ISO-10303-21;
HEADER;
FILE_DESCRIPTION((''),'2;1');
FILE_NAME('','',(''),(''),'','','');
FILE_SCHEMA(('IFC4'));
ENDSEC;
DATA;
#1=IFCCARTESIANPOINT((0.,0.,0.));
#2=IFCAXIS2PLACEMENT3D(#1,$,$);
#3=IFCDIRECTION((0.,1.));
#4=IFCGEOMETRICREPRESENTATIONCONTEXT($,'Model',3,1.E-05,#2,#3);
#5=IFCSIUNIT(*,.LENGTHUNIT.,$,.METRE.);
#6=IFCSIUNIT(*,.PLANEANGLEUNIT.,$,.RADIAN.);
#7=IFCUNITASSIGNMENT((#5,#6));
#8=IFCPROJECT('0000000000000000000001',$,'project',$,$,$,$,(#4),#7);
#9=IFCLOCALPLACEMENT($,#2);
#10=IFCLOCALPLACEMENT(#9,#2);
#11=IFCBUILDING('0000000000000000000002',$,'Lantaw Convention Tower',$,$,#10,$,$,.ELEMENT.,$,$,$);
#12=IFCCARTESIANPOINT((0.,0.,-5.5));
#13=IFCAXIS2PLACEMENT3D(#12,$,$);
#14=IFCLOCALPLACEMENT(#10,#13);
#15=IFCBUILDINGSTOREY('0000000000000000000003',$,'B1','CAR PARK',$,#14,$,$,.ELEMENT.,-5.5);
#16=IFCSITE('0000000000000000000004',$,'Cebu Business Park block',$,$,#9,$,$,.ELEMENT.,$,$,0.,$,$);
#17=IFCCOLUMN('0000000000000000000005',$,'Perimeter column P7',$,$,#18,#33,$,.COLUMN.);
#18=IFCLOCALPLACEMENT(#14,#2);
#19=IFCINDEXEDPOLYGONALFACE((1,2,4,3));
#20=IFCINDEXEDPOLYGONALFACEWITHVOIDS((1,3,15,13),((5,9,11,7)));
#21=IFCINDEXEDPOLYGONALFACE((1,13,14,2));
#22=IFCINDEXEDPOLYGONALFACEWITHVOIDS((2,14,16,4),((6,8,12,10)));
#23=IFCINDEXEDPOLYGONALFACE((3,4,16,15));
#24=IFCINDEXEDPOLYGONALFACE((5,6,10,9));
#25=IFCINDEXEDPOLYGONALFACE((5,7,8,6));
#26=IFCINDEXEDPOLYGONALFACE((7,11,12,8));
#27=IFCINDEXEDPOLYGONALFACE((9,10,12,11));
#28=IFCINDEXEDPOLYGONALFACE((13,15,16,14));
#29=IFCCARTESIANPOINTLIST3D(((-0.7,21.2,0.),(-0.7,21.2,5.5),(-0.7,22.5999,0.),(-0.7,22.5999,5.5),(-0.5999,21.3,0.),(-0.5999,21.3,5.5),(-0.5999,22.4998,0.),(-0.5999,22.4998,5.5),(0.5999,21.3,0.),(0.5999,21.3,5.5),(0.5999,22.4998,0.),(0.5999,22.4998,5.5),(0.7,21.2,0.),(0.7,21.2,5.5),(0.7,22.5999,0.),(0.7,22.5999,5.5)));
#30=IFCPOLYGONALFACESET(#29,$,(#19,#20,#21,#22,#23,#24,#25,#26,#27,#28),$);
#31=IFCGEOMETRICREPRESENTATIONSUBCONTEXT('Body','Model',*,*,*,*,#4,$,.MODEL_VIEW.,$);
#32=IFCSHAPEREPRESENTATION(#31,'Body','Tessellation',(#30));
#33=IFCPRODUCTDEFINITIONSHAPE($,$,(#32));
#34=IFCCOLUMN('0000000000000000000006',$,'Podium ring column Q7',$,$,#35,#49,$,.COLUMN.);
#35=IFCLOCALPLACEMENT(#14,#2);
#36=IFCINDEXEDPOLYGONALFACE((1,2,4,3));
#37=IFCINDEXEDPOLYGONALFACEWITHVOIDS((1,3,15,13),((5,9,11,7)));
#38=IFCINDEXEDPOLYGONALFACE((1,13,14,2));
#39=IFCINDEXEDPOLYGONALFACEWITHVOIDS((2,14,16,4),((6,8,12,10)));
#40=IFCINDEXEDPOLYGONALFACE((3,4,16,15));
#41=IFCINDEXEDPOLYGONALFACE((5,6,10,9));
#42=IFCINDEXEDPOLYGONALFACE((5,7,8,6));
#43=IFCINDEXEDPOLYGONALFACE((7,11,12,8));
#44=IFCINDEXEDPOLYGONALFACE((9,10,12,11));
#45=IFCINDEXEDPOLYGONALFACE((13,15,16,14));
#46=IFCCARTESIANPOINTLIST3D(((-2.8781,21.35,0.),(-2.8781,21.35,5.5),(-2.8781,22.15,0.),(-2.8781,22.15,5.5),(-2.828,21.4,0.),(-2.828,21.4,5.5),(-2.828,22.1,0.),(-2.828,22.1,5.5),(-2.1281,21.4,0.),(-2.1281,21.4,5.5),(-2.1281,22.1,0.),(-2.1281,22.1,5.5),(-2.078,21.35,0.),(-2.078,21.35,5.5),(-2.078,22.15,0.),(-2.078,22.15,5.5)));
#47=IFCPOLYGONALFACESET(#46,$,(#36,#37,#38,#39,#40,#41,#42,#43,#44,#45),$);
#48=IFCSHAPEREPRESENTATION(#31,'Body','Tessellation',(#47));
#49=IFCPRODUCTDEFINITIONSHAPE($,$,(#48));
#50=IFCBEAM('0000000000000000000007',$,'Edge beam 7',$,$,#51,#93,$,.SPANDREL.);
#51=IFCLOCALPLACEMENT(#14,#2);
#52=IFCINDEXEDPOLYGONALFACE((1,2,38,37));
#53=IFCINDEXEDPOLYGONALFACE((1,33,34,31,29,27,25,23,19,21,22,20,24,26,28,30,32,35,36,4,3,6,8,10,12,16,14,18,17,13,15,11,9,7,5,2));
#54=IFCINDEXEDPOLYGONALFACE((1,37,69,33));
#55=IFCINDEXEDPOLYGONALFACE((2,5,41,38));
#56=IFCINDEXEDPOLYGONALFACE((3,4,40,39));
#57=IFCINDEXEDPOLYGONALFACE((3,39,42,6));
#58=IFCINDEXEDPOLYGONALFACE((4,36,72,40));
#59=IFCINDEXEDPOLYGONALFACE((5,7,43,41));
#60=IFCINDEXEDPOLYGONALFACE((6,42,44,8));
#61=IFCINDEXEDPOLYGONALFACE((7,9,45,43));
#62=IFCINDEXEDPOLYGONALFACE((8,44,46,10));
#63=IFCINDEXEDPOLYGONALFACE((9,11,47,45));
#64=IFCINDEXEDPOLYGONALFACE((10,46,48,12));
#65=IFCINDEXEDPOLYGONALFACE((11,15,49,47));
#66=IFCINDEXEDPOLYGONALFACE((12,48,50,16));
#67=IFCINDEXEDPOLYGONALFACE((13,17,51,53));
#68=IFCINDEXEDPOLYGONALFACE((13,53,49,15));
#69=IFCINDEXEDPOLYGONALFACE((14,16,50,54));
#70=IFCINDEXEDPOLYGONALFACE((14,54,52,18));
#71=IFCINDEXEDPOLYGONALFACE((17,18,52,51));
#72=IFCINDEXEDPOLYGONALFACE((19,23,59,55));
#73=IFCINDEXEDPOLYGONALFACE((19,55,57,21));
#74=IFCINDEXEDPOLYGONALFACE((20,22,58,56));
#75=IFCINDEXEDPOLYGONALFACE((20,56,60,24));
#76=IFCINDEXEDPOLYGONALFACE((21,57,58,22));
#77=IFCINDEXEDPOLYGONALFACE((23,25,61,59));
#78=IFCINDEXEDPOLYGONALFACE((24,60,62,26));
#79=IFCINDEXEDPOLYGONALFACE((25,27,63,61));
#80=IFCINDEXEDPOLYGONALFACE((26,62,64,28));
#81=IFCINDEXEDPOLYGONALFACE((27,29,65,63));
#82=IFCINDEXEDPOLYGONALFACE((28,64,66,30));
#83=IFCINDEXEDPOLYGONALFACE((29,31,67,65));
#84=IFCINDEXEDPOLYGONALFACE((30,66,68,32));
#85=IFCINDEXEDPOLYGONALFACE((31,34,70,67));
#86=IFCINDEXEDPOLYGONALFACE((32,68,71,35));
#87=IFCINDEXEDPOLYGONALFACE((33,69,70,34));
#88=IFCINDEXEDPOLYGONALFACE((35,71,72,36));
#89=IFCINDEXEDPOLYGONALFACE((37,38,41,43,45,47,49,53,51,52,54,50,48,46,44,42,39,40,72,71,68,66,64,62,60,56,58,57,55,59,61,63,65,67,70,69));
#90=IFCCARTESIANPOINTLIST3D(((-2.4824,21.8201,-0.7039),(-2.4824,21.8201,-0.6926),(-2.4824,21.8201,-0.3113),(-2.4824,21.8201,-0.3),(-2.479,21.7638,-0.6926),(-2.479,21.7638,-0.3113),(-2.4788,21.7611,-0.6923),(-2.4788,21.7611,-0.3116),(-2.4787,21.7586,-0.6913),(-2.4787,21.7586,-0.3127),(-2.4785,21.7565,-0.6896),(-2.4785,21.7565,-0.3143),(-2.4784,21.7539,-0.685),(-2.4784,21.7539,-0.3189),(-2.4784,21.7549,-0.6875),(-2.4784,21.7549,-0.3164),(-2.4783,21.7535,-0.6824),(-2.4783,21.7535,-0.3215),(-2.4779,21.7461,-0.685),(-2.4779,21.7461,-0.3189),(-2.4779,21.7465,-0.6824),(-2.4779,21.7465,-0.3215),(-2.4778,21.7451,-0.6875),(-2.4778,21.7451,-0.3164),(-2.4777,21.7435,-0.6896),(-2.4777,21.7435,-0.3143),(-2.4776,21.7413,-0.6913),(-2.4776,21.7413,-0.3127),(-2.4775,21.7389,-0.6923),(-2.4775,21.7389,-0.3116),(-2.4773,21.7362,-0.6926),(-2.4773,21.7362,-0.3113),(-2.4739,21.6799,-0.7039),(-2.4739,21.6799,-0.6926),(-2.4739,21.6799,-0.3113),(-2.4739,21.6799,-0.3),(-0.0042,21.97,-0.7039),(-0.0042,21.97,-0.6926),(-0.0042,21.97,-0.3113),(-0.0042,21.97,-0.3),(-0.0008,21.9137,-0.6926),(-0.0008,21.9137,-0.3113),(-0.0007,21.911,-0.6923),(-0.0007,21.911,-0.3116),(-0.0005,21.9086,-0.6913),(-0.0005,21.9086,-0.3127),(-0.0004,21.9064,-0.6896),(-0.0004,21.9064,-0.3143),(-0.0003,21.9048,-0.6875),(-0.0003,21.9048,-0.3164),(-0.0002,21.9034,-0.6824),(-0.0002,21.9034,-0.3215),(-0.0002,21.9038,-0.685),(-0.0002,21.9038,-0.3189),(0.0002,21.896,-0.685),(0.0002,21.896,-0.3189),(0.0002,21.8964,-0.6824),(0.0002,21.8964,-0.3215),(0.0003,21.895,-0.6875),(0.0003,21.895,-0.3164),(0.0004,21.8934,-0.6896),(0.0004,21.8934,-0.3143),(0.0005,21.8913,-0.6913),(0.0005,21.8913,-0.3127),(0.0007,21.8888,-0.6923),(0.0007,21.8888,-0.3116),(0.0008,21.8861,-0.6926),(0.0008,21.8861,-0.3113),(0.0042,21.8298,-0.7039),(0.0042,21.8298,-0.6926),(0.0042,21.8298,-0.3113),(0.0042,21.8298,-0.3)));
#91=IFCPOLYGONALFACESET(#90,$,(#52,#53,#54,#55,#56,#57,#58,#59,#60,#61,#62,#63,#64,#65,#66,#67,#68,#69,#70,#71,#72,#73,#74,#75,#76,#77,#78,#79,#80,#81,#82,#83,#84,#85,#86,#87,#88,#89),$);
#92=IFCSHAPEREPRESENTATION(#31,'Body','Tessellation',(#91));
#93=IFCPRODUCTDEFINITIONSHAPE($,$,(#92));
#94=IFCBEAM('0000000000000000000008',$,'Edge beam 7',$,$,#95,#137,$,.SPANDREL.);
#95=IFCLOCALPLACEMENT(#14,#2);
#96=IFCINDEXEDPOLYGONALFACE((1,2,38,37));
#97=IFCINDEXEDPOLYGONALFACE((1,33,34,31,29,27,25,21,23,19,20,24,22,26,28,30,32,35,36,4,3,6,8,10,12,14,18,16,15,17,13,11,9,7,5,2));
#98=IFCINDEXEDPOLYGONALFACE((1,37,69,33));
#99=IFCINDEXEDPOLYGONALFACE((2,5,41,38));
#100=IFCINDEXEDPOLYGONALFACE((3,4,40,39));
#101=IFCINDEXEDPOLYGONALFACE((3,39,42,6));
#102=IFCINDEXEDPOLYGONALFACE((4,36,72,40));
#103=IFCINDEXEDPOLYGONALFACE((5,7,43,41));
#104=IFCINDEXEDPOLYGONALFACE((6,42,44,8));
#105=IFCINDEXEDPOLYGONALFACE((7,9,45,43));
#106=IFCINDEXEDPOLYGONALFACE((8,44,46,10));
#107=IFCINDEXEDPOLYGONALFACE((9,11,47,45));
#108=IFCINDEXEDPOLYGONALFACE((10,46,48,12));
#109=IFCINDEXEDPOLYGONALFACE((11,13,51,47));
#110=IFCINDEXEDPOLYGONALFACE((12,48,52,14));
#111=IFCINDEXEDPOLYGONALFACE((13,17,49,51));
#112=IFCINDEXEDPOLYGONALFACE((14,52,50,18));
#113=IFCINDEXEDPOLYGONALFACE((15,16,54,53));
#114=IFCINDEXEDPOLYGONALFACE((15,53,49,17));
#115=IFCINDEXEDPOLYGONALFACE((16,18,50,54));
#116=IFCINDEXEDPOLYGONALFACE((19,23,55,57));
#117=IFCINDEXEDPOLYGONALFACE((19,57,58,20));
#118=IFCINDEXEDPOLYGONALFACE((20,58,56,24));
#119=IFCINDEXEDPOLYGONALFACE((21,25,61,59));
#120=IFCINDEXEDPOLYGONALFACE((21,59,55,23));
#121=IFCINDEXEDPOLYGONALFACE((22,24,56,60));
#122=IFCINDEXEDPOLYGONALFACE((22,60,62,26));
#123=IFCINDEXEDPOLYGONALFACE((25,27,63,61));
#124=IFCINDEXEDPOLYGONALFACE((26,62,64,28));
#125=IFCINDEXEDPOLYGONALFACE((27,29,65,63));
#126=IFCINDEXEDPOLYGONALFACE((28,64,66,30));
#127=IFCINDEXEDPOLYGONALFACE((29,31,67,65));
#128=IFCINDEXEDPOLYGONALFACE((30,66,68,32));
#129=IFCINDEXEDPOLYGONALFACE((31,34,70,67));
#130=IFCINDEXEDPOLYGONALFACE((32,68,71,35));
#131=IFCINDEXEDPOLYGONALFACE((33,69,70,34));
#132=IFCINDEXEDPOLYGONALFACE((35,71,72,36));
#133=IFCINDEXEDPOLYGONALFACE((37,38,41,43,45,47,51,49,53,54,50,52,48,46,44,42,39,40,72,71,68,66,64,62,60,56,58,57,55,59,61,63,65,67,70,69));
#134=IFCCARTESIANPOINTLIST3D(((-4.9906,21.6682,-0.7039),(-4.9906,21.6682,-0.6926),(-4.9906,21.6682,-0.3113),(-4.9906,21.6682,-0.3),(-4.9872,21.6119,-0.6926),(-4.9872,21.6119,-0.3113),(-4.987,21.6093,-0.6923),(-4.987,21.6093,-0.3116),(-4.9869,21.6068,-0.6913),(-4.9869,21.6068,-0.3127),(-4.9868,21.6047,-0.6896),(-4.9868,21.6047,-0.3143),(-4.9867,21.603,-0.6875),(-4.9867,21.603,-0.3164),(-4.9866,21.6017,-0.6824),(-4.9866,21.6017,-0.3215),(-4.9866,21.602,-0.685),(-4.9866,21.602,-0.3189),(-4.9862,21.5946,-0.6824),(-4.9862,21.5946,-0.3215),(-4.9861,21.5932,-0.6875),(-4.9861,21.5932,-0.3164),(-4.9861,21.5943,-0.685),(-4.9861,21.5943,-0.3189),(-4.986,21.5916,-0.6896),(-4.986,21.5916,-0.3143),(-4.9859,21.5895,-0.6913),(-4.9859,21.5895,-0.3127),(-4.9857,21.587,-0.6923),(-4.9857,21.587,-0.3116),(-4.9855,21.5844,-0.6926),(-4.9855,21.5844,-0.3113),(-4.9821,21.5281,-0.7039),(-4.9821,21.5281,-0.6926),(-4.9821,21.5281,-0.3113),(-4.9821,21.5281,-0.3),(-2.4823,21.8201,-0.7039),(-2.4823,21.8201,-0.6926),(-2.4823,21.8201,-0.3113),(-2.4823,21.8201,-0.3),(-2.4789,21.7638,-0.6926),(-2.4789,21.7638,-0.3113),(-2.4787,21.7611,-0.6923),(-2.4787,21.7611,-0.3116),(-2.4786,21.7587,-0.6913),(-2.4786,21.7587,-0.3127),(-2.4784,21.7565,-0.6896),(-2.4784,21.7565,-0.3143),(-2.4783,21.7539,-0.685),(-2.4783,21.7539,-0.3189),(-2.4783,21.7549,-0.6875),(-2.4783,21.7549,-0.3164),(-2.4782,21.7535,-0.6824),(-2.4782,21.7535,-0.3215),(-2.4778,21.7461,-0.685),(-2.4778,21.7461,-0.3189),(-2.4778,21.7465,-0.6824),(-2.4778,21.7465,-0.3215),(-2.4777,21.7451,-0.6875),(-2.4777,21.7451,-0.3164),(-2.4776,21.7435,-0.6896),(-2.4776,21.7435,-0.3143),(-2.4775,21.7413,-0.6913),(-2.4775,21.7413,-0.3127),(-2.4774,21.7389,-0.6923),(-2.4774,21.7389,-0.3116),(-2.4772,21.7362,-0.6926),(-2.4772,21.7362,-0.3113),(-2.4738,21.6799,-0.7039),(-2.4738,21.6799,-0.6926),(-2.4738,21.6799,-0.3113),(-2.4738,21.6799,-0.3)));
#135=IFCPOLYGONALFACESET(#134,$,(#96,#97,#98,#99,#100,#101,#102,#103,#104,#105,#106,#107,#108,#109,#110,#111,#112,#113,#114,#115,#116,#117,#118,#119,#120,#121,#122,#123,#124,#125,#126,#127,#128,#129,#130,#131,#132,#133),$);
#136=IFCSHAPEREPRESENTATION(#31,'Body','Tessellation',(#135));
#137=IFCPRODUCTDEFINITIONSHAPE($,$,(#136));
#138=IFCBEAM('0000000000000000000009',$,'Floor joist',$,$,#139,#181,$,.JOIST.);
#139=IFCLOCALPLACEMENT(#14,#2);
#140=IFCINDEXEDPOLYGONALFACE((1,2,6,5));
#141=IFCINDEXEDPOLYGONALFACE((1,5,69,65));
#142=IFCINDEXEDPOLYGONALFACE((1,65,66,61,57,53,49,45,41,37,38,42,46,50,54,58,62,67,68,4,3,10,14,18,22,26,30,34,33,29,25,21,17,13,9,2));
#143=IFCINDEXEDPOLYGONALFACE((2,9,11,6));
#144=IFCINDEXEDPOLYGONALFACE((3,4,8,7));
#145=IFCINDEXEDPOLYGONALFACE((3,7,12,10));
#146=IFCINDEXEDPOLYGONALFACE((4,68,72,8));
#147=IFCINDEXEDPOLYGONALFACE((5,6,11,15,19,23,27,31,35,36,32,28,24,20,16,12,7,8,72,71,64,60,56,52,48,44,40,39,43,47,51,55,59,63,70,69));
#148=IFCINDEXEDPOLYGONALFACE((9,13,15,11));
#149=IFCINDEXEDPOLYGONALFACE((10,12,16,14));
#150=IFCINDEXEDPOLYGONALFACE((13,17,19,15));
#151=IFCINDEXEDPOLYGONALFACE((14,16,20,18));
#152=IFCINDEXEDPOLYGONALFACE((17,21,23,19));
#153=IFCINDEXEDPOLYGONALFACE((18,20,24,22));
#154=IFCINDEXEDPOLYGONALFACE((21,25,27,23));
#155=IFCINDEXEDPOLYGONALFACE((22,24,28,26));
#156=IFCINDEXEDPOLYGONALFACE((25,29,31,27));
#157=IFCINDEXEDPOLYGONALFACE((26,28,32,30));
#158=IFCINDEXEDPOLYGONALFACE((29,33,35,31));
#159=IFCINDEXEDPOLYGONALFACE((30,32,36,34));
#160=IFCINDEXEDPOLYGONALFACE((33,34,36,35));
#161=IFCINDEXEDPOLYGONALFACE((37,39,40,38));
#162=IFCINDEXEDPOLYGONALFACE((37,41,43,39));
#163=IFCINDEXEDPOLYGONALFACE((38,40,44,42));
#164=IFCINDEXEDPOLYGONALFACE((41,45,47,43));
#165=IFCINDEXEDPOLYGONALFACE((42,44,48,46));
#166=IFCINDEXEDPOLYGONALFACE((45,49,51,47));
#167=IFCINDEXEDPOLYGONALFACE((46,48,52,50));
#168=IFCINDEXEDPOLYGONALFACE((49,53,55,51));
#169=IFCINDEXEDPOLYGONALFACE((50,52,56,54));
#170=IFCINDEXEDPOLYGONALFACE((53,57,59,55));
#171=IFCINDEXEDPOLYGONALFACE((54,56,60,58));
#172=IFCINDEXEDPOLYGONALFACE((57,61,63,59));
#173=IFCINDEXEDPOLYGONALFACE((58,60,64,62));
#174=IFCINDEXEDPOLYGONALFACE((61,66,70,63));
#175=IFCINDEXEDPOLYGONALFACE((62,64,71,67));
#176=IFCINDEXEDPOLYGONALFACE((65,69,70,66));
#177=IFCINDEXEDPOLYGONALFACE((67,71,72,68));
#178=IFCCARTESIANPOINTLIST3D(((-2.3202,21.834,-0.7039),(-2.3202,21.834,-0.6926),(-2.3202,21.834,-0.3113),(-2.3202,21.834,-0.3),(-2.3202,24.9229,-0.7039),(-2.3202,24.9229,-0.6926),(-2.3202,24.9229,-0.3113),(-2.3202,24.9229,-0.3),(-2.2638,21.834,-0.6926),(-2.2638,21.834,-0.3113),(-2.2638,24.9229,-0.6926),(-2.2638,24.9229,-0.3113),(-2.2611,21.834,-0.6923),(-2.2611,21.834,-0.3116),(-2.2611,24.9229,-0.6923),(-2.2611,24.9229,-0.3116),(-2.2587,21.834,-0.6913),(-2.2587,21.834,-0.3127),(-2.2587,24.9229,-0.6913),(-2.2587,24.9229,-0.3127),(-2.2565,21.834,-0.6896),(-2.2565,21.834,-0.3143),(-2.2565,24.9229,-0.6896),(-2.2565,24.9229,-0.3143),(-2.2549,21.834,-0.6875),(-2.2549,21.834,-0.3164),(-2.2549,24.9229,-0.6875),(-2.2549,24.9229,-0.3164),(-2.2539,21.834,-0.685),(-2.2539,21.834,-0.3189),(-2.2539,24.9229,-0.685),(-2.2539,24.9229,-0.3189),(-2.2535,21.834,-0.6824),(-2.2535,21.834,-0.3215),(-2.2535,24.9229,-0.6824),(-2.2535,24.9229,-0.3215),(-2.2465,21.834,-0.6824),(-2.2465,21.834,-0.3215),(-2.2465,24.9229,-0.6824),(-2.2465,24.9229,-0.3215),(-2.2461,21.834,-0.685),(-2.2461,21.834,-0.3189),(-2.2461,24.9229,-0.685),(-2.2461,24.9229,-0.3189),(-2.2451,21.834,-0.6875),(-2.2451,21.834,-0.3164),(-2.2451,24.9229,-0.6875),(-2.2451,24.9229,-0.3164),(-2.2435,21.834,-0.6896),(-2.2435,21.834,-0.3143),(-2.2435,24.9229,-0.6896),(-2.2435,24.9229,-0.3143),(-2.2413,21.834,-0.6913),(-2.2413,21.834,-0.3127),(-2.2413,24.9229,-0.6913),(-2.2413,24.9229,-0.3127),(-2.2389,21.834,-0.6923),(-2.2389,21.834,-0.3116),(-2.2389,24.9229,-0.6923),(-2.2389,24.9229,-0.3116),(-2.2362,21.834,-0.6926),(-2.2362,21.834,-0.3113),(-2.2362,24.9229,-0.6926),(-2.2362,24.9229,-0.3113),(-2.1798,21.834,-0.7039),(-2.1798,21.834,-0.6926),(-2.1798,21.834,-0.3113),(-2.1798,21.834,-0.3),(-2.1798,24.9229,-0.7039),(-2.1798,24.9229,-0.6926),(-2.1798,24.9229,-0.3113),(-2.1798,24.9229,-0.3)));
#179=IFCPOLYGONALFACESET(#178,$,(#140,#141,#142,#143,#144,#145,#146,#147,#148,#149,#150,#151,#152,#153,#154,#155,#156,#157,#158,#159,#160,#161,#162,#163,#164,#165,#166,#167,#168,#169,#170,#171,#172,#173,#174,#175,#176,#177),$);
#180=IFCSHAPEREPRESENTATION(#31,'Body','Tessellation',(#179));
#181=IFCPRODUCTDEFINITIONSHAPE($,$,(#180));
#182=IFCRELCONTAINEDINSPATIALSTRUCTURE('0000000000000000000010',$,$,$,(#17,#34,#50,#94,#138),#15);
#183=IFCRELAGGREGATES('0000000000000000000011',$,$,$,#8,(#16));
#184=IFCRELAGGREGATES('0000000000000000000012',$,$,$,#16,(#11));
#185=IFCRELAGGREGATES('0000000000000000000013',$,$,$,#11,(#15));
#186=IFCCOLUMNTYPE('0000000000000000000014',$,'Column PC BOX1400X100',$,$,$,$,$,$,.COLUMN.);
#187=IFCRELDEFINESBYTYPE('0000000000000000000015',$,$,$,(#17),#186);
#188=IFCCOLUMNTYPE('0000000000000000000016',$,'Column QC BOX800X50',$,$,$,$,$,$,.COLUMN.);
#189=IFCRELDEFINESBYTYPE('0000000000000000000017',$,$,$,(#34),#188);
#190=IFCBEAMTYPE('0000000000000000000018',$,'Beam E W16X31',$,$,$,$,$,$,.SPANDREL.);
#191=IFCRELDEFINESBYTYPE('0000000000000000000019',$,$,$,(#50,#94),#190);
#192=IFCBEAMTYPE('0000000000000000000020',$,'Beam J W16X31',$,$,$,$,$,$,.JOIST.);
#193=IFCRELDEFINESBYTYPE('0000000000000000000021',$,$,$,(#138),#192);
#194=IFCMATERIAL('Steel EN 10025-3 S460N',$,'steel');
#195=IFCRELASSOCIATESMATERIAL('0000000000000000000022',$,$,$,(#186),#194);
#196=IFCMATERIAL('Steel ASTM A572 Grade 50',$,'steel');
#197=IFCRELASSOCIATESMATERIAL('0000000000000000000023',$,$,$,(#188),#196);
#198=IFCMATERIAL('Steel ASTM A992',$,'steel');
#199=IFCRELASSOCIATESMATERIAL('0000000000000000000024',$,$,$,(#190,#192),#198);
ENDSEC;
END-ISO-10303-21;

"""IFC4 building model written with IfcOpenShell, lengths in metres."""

from ifc_helpers import new_model, si_unit, direction, frame, origin, origin_2d, place, context, subcontext, project, spatial, rectangle, hollow_rectangle, i_section, extrude, material, material_profile, profile_set, type_object, element, save


model = new_model("IFC4")

# Units and contexts
model_context = context("Model", 3, precision=1e-05, world=origin(), true_north=direction((0.0, 1.0)))
body_context = subcontext(model_context, "Body", "Model", "MODEL_VIEW")
ifc_project = project(units=[si_unit("LENGTHUNIT", "METRE"), si_unit("PLANEANGLEUNIT", "RADIAN")], contexts=[model_context])

# Site, building, storey
site_placement = place(None, origin())
site = spatial("IfcSite", under=ifc_project, at=site_placement, Name="Cebu Business Park block", CompositionType="ELEMENT", RefElevation=0.0)
building_placement = place(site_placement, origin())
building = spatial("IfcBuilding", under=site, at=building_placement, Name="Lantaw Convention Tower", CompositionType="ELEMENT")
storey_placement = place(building_placement, frame((0.0, 0.0, -5.5)))
storey = spatial("IfcBuildingStorey", under=building, at=storey_placement, Name="B1", Description="CAR PARK", CompositionType="ELEMENT", Elevation=-5.5)

# Columns
ifc_material_1 = material(Name="Steel EN 10025-3 S460N", Category="steel")
ifc_material_profile_1 = material_profile(ifc_material_1, hollow_rectangle(XDim=1.3999, YDim=1.3999, WallThickness=0.1001, at=origin_2d()), Name="BOX1400X100")
ifc_material_2 = material(Name="Concrete C60/75", Category="concrete")
ifc_material_profile_2 = material_profile(ifc_material_2, rectangle(XDim=1.2, YDim=1.2, at=origin_2d()), Name="Concrete fill of BOX1400X100")
ifc_profile_set_1 = profile_set([ifc_material_profile_1, ifc_material_profile_2], Name="Steel EN 10025-3 S460N")
column_type_1 = type_object("IfcColumnType", Name="Column PC BOX1400X100", PredefinedType="COLUMN", material=ifc_profile_set_1)
column_1_placement = place(storey_placement, frame((0.0, 21.8999, 0.0), z_axis=(0.0, 0.0, 1.0), x_axis=(1.0, 0.0, 0.0)))
element("IfcColumn", 1, at=column_1_placement, inside=storey, type_object=column_type_1, Name="Perimeter column P7", PredefinedType="COLUMN", context=body_context, shape_type="SweptSolid", body=[
    extrude(hollow_rectangle(XDim=1.3999, YDim=1.3999, WallThickness=0.1001, at=origin_2d()), origin(), (0.0, 0.0, 1.0), 5.5),
])
ifc_material_3 = material(Name="Steel ASTM A572 Grade 50", Category="steel")
ifc_material_profile_3 = material_profile(ifc_material_3, hollow_rectangle(XDim=0.8, YDim=0.8, WallThickness=0.05, at=origin_2d()), Name="BOX800X50")
ifc_profile_set_2 = profile_set([ifc_material_profile_3], Name="Steel ASTM A572 Grade 50")
column_type_2 = type_object("IfcColumnType", Name="Column QC BOX800X50", PredefinedType="COLUMN", material=ifc_profile_set_2)
column_2_placement = place(storey_placement, frame((-2.478, 21.75, 0.0), z_axis=(0.0, 0.0, 1.0), x_axis=(1.0, 0.0, 0.0)))
element("IfcColumn", 2, at=column_2_placement, inside=storey, type_object=column_type_2, Name="Podium ring column Q7", PredefinedType="COLUMN", context=body_context, shape_type="SweptSolid", body=[
    extrude(hollow_rectangle(XDim=0.8, YDim=0.8, WallThickness=0.05, at=origin_2d()), origin(), (0.0, 0.0, 1.0), 5.5),
])

# Beams
ifc_material_4 = material(Name="Steel ASTM A992", Category="steel")
ifc_material_profile_4 = material_profile(ifc_material_4, i_section(OverallWidth=0.1404, OverallDepth=0.4038, WebThickness=0.0071, FlangeThickness=0.0112, FilletRadius=0.0103, at=origin_2d()), Name="W16X31")
ifc_profile_set_3 = profile_set([ifc_material_profile_4], Name="Steel ASTM A992")
beam_type_1 = type_object("IfcBeamType", Name="Beam E W16X31", PredefinedType="SPANDREL", material=ifc_profile_set_3)
beam_1_placement = place(storey_placement, frame((0.0, 21.8999, -0.502), z_axis=(-0.998175, -0.060382, 0.0), x_axis=(0.060382, -0.998175, 0.0)))
element("IfcBeam", 3, at=beam_1_placement, inside=storey, type_object=beam_type_1, Name="Edge beam 7", PredefinedType="SPANDREL", context=body_context, shape_type="SweptSolid", body=[
    extrude(i_section(OverallWidth=0.1404, OverallDepth=0.4038, WebThickness=0.0071, FlangeThickness=0.0112, FilletRadius=0.0103, at=origin_2d()), origin(), (0.0, 0.0, 1.0), 2.4827),
])
beam_2_placement = place(storey_placement, frame((-2.478, 21.75, -0.502), z_axis=(-0.998172, -0.060431, 0.0), x_axis=(0.060431, -0.998172, 0.0)))
element("IfcBeam", 4, at=beam_2_placement, inside=storey, type_object=beam_type_1, Name="Edge beam 7", PredefinedType="SPANDREL", context=body_context, shape_type="SweptSolid", body=[
    extrude(i_section(OverallWidth=0.1404, OverallDepth=0.4038, WebThickness=0.0071, FlangeThickness=0.0112, FilletRadius=0.0103, at=origin_2d()), origin(), (0.0, 0.0, 1.0), 2.5129),
])
ifc_material_profile_5 = material_profile(ifc_material_4, i_section(OverallWidth=0.1404, OverallDepth=0.4038, WebThickness=0.0071, FlangeThickness=0.0112, FilletRadius=0.0103, at=origin_2d()), Name="W16X31")
ifc_profile_set_4 = profile_set([ifc_material_profile_5], Name="Steel ASTM A992")
beam_type_2 = type_object("IfcBeamType", Name="Beam J W16X31", PredefinedType="JOIST", material=ifc_profile_set_4)
beam_3_placement = place(storey_placement, frame((-2.25, 21.834, -0.502), z_axis=(0.0, 1.0, 0.0), x_axis=(-1.0, 0.0, 0.0)))
element("IfcBeam", 5, at=beam_3_placement, inside=storey, type_object=beam_type_2, Name="Floor joist", PredefinedType="JOIST", context=body_context, shape_type="SweptSolid", body=[
    extrude(i_section(OverallWidth=0.1404, OverallDepth=0.4038, WebThickness=0.0071, FlangeThickness=0.0112, FilletRadius=0.0103, at=origin_2d()), origin(), (0.0, 0.0, 1.0), 3.0889),
])

save(model, "model.ifc")
